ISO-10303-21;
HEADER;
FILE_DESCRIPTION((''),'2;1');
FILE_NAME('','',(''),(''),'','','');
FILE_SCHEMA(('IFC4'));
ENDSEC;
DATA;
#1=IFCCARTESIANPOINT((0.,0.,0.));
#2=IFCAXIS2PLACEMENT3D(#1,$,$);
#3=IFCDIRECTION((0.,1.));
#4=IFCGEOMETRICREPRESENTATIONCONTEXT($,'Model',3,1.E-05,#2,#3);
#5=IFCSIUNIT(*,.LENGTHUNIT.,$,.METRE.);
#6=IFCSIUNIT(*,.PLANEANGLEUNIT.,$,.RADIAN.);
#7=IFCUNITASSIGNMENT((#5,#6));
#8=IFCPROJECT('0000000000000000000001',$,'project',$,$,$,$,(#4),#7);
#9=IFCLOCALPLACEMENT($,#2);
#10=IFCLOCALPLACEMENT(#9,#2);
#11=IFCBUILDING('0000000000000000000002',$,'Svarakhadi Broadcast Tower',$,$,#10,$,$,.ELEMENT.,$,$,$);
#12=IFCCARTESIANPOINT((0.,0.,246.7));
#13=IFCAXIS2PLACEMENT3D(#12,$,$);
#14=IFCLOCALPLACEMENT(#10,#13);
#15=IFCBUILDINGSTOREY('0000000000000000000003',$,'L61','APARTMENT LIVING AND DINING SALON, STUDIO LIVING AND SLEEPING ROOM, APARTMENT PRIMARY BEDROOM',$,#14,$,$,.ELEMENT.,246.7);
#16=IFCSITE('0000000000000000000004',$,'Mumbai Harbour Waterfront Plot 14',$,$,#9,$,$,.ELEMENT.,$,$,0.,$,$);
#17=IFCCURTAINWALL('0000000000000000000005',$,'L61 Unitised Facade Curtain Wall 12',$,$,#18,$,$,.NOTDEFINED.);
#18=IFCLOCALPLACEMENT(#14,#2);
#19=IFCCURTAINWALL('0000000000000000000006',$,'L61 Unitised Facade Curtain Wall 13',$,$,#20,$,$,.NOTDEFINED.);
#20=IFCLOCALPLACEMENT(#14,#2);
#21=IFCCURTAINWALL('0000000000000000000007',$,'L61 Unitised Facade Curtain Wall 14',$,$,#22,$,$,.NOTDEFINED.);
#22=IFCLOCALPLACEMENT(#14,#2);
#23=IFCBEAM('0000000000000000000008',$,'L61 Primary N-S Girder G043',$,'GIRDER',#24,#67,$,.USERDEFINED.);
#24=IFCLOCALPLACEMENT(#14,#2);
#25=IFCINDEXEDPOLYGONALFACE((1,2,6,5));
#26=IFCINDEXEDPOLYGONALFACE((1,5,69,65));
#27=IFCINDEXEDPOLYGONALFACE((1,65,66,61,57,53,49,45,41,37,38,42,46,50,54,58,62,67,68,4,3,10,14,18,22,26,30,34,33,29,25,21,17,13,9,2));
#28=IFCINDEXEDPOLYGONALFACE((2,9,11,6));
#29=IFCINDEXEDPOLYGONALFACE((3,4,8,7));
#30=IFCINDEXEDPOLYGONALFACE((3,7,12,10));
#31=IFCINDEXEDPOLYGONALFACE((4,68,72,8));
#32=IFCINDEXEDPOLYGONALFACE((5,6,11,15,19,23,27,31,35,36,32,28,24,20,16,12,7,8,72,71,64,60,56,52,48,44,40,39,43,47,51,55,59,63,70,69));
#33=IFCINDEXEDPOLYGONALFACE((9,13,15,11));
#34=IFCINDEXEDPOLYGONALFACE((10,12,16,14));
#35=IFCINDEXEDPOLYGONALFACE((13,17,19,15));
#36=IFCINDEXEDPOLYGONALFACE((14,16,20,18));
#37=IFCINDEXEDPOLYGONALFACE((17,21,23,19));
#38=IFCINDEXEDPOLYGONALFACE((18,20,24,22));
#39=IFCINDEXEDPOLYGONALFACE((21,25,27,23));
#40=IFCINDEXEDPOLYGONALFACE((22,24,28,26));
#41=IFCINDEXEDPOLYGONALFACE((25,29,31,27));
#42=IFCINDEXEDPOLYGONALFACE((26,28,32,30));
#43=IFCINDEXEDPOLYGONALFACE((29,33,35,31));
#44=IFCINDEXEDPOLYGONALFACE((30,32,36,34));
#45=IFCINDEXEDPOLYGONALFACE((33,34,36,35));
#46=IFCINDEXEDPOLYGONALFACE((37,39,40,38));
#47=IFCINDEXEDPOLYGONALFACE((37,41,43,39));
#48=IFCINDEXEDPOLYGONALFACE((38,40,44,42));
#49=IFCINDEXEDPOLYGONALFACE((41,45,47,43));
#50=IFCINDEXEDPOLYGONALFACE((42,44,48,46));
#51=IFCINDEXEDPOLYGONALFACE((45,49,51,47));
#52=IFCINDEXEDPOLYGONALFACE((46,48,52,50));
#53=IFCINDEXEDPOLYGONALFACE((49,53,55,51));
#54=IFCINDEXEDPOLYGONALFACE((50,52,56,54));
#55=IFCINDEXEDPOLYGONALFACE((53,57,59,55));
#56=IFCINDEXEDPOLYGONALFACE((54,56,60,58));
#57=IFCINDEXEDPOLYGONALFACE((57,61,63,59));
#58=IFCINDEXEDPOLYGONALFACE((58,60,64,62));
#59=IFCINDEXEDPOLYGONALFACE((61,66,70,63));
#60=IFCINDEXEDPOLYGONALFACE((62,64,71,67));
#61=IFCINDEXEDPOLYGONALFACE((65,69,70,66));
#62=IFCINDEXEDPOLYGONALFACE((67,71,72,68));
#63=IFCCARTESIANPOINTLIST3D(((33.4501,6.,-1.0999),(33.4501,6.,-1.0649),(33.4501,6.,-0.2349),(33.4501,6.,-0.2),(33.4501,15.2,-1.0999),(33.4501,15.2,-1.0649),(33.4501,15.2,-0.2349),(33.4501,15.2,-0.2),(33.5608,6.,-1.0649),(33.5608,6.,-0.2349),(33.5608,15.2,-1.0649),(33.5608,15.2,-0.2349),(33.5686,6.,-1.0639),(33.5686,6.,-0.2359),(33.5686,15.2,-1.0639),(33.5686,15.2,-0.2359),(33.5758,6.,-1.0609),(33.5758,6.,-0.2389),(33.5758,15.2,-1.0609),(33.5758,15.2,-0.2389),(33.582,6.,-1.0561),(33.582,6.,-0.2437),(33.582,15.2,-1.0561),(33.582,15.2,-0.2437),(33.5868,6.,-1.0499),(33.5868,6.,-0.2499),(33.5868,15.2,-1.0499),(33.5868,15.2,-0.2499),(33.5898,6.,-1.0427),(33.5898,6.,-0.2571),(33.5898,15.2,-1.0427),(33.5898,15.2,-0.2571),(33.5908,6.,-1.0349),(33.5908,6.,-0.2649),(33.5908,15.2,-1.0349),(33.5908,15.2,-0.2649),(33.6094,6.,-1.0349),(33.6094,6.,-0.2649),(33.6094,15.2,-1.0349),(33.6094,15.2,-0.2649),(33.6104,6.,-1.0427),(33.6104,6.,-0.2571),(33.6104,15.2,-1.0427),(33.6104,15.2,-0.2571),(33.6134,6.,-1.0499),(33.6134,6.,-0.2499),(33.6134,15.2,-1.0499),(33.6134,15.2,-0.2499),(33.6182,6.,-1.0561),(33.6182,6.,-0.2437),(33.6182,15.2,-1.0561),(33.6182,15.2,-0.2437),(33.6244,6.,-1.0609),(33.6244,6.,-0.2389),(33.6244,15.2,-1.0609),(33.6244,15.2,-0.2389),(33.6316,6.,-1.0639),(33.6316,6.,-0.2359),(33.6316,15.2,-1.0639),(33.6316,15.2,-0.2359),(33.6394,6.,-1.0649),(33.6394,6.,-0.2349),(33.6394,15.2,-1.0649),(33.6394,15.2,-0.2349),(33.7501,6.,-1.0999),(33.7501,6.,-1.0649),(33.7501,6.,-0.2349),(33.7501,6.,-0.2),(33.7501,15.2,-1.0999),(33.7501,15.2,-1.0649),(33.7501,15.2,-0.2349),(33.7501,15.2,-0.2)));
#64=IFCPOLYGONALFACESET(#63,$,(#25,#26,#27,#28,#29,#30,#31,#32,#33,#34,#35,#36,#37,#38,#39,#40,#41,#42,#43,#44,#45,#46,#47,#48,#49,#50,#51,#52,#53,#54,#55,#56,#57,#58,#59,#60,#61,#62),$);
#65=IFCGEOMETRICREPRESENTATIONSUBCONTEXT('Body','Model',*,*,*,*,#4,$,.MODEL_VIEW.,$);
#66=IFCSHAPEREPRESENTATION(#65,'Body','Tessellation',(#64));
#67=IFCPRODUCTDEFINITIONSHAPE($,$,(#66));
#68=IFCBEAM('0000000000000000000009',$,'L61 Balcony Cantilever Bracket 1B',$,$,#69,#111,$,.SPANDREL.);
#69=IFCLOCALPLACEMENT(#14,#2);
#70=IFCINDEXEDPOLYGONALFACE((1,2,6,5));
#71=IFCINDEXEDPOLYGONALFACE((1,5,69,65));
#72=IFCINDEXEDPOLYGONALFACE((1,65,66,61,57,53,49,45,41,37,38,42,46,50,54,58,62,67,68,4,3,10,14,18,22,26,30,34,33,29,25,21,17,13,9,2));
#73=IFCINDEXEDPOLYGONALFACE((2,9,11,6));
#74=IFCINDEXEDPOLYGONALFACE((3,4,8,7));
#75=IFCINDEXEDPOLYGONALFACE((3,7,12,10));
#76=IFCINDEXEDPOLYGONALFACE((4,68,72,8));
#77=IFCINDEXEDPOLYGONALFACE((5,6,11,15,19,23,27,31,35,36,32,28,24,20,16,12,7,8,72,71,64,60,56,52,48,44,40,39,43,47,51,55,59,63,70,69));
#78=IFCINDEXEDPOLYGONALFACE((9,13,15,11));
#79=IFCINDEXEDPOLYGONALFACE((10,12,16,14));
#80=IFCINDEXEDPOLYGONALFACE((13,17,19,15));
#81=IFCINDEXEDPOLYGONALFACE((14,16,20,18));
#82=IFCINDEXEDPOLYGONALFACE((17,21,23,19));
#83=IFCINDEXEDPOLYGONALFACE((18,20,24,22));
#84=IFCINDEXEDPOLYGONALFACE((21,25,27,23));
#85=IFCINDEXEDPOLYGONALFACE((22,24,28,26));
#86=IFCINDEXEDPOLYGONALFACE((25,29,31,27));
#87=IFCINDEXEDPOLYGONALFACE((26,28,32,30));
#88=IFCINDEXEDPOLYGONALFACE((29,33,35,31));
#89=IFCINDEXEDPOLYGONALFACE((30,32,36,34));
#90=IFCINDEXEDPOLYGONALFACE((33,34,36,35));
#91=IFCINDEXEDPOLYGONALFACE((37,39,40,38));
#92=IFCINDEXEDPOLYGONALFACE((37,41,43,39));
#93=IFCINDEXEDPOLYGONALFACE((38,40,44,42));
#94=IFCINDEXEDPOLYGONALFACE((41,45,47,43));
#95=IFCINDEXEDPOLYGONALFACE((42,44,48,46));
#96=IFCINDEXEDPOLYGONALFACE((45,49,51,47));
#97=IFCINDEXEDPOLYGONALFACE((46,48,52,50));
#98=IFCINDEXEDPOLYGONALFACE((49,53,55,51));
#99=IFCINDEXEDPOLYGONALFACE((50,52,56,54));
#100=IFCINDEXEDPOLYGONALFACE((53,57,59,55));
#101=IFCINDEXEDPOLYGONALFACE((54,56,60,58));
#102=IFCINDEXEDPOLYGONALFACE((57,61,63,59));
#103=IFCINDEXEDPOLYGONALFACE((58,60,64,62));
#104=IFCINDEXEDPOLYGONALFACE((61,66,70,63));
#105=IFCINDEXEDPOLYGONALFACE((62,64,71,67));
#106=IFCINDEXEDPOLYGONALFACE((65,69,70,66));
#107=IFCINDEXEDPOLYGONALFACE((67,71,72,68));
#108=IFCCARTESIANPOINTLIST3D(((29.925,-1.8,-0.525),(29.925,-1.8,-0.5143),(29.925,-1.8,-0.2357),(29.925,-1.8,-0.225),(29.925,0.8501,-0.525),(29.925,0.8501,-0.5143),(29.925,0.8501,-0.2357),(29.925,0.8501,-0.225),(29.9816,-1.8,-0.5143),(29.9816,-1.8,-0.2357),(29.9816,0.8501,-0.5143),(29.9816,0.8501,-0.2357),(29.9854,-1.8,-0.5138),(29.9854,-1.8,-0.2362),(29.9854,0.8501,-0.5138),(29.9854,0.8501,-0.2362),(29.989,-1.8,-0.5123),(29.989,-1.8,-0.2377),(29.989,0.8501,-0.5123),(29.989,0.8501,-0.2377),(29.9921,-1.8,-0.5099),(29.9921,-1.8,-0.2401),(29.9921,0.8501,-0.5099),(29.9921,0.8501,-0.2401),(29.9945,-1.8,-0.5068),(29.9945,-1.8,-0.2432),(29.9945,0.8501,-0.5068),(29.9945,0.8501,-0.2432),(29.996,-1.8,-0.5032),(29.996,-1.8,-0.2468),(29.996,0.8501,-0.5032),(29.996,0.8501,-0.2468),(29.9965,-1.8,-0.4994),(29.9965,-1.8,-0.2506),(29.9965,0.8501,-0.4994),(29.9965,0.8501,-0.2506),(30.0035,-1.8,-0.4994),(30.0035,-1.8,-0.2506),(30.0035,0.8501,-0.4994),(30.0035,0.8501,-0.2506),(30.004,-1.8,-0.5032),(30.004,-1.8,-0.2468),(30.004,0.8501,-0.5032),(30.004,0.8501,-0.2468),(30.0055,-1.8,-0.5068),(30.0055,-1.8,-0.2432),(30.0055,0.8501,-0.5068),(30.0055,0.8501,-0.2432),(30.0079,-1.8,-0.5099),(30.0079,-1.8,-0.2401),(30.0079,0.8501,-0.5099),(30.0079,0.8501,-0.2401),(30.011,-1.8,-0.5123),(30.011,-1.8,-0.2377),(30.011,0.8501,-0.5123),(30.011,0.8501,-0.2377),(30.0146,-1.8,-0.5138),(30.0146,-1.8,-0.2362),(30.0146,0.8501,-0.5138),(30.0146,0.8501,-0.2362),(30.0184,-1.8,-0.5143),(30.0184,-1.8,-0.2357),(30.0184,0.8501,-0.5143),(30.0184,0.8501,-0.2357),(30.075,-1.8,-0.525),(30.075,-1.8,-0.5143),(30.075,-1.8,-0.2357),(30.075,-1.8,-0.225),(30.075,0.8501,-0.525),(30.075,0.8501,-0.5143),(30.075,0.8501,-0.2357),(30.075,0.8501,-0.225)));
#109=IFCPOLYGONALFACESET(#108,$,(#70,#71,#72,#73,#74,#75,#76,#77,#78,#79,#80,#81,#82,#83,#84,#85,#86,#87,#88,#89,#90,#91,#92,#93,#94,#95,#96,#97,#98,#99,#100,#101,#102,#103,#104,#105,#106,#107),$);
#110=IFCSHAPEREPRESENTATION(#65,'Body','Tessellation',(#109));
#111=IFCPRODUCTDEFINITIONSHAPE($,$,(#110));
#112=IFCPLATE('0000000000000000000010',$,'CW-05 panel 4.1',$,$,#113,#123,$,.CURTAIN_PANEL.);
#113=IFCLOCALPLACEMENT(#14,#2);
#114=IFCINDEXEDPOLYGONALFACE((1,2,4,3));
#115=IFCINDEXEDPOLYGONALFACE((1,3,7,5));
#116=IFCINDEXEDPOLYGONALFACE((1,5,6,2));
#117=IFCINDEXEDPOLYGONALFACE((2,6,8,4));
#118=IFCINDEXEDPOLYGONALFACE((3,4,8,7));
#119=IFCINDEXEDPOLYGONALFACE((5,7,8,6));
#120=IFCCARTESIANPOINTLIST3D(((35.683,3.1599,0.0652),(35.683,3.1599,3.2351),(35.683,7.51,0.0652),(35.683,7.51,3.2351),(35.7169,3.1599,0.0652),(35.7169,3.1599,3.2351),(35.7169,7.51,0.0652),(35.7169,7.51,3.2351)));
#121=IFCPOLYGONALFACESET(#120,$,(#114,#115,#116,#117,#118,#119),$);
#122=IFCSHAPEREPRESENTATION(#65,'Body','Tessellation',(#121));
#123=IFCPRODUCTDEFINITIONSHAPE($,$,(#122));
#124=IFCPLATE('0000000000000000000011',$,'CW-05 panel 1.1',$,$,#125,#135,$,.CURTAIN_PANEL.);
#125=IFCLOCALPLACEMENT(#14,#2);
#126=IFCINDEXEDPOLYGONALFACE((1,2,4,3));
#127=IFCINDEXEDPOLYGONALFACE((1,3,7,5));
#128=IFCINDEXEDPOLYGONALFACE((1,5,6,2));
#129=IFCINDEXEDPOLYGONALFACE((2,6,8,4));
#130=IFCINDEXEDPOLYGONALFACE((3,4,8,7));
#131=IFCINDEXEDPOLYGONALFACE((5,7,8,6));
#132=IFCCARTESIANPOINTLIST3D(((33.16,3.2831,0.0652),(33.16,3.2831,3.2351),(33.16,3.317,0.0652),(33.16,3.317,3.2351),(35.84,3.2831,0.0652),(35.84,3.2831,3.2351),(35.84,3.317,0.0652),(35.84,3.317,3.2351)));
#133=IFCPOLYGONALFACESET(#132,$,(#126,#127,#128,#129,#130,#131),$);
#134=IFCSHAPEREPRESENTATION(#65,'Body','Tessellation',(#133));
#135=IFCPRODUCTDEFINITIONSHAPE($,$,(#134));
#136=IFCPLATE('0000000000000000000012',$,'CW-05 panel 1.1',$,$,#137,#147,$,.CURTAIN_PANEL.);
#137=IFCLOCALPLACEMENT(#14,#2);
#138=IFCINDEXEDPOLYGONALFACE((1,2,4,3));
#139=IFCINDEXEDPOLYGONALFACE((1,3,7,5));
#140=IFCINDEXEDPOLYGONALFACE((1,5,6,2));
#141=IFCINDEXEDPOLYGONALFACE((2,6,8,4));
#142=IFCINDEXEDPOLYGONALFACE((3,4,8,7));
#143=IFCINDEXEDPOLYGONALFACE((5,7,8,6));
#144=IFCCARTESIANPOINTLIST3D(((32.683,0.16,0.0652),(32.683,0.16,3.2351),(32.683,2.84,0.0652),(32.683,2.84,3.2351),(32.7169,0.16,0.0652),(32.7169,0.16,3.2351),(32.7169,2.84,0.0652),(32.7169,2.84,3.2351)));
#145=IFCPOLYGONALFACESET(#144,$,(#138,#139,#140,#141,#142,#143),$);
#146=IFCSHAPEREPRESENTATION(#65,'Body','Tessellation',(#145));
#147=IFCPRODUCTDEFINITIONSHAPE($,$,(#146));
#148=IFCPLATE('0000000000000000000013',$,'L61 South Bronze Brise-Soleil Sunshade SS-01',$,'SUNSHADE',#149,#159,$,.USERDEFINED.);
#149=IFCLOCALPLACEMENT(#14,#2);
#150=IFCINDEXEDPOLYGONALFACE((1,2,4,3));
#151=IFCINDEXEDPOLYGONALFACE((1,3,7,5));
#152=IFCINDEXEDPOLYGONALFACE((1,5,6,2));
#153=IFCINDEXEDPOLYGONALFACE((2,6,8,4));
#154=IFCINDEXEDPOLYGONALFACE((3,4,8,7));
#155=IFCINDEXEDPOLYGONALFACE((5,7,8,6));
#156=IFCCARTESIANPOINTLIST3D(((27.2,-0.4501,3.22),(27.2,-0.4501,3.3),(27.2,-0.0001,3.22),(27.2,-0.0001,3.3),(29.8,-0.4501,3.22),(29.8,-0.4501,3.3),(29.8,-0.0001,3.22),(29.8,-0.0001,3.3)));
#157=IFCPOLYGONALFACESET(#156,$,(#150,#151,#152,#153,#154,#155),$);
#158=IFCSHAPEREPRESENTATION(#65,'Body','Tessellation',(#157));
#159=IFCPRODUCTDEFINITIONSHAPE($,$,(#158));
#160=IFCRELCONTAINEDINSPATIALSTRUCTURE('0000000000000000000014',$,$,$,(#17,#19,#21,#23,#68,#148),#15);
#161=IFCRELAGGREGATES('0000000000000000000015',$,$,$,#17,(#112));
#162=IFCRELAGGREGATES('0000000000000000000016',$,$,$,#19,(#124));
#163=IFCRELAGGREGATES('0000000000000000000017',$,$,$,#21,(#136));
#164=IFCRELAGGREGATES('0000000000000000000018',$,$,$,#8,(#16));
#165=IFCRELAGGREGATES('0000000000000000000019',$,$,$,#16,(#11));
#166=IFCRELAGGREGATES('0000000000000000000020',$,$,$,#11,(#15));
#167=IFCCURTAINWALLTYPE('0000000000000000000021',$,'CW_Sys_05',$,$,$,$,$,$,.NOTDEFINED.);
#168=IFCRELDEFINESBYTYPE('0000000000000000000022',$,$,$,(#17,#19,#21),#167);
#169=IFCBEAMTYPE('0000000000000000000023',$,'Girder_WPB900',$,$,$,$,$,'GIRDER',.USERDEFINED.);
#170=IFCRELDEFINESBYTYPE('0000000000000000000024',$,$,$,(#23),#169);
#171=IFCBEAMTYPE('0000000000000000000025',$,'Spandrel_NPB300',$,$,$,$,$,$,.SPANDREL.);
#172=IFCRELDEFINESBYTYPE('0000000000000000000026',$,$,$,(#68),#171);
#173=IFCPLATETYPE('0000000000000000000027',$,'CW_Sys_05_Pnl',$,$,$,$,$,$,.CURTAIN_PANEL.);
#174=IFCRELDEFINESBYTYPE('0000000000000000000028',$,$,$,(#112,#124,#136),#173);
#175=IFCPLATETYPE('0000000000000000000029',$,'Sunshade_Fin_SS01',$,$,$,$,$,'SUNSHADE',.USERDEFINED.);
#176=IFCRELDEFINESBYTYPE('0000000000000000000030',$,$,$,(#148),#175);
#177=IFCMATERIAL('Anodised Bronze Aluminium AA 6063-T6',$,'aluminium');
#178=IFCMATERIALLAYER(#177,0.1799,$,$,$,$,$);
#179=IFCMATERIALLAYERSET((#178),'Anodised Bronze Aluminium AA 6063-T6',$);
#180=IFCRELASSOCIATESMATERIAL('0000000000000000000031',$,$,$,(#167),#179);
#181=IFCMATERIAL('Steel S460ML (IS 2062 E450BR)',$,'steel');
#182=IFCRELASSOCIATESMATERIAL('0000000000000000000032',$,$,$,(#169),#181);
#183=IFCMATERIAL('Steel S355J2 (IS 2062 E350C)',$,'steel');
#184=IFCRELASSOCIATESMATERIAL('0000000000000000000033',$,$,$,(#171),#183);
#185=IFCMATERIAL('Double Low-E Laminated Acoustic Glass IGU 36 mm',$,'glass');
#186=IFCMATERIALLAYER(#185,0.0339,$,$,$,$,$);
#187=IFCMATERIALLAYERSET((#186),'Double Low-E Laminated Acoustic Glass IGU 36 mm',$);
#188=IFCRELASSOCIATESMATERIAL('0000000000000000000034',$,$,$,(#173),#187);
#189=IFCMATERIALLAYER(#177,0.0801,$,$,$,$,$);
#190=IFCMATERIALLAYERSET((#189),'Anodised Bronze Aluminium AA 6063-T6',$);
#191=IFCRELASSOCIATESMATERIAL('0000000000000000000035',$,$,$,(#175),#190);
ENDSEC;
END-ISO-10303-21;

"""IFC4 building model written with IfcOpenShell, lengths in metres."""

from ifc_helpers import new_model, si_unit, direction, frame, origin, origin_2d, place, context, subcontext, project, spatial, rectangle, i_section, extrude, material, layer, layer_set, material_profile, profile_set, type_object, element, aggregate, save


model = new_model("IFC4")

# Units and contexts
model_context = context("Model", 3, precision=1e-05, world=origin(), true_north=direction((0.0, 1.0)))
body_context = subcontext(model_context, "Body", "Model", "MODEL_VIEW")
ifc_project = project(units=[si_unit("LENGTHUNIT", "METRE"), si_unit("PLANEANGLEUNIT", "RADIAN")], contexts=[model_context])

# Site, building, storey
site_placement = place(None, origin())
site = spatial("IfcSite", under=ifc_project, at=site_placement, Name="Mumbai Harbour Waterfront Plot 14", CompositionType="ELEMENT", RefElevation=0.0)
building_placement = place(site_placement, origin())
building = spatial("IfcBuilding", under=site, at=building_placement, Name="Svarakhadi Broadcast Tower", CompositionType="ELEMENT")
storey_placement = place(building_placement, frame((0.0, 0.0, 246.7)))
storey = spatial("IfcBuildingStorey", under=building, at=storey_placement, Name="L61", Description="APARTMENT LIVING AND DINING SALON, STUDIO LIVING AND SLEEPING ROOM, APARTMENT PRIMARY BEDROOM", CompositionType="ELEMENT", Elevation=246.7)

# Shared definitions
ifc_material_1 = material(Name="Steel S460ML (IS 2062 E450BR)", Category="steel")

# Curtain wall
ifc_material_2 = material(Name="Anodised Bronze Aluminium AA 6063-T6", Category="aluminium")
ifc_layer_1 = layer(ifc_material_2, 0.1799)
ifc_layer_set_1 = layer_set([ifc_layer_1], Name="Anodised Bronze Aluminium AA 6063-T6")
curtain_wall_type = type_object("IfcCurtainWallType", Name="CW_Sys_05", PredefinedType="NOTDEFINED", material=ifc_layer_set_1)
curtain_wall_1_placement = place(storey_placement, origin())
curtain_wall_1 = element("IfcCurtainWall", 1, at=curtain_wall_1_placement, inside=storey, type_object=curtain_wall_type, Name="L61 Unitised Facade Curtain Wall 12", PredefinedType="NOTDEFINED")

# Curtain walls
curtain_wall_2_placement = place(storey_placement, origin())
curtain_wall_2 = element("IfcCurtainWall", 2, at=curtain_wall_2_placement, inside=storey, type_object=curtain_wall_type, Name="L61 Unitised Facade Curtain Wall 13", PredefinedType="NOTDEFINED")
curtain_wall_3_placement = place(storey_placement, origin())
curtain_wall_3 = element("IfcCurtainWall", 3, at=curtain_wall_3_placement, inside=storey, type_object=curtain_wall_type, Name="L61 Unitised Facade Curtain Wall 14", PredefinedType="NOTDEFINED")

# Beams
ifc_material_3 = material(Name="Steel S355J2 (IS 2062 E350C)", Category="steel")
ifc_material_profile_1 = material_profile(ifc_material_1, i_section(OverallWidth=0.3, OverallDepth=0.8999, WebThickness=0.0186, FlangeThickness=0.0349, FilletRadius=0.03, at=origin_2d()), Name="WPB 900x300x291")
ifc_profile_set_1 = profile_set([ifc_material_profile_1], Name="Steel S460ML (IS 2062 E450BR)")
beam_type_1 = type_object("IfcBeamType", Name="Girder_WPB900", ElementType="GIRDER", PredefinedType="USERDEFINED", material=ifc_profile_set_1)
beam_1_placement = place(storey_placement, frame((33.6001, 6.0, -0.6499), z_axis=(0.0, 1.0, 0.0), x_axis=(-1.0, 0.0, 0.0)))
element("IfcBeam", 4, at=beam_1_placement, inside=storey, type_object=beam_type_1, Name="L61 Primary N-S Girder G043", ObjectType="GIRDER", PredefinedType="USERDEFINED", context=body_context, shape_type="SweptSolid", body=[
    extrude(i_section(OverallWidth=0.3, OverallDepth=0.8999, WebThickness=0.0186, FlangeThickness=0.0349, FilletRadius=0.03, at=origin_2d()), origin(), (0.0, 0.0, 1.0), 9.2),
])
ifc_material_profile_2 = material_profile(ifc_material_3, i_section(OverallWidth=0.1499, OverallDepth=0.3, WebThickness=0.0071, FlangeThickness=0.0107, FilletRadius=0.0149, at=origin_2d()), Name="NPB 300x150x37")
ifc_profile_set_2 = profile_set([ifc_material_profile_2], Name="Steel S355J2 (IS 2062 E350C)")
beam_type_2 = type_object("IfcBeamType", Name="Spandrel_NPB300", PredefinedType="SPANDREL", material=ifc_profile_set_2)
beam_2_placement = place(storey_placement, frame((30.0, 0.8501, -0.375), z_axis=(0.0, -1.0, 0.0), x_axis=(1.0, 0.0, 0.0)))
element("IfcBeam", 5, at=beam_2_placement, inside=storey, type_object=beam_type_2, Name="L61 Balcony Cantilever Bracket 1B", PredefinedType="SPANDREL", context=body_context, shape_type="SweptSolid", body=[
    extrude(i_section(OverallWidth=0.1499, OverallDepth=0.3, WebThickness=0.0071, FlangeThickness=0.0107, FilletRadius=0.0149, at=origin_2d()), origin(), (0.0, 0.0, 1.0), 2.6501),
])

# Plates
ifc_material_4 = material(Name="Double Low-E Laminated Acoustic Glass IGU 36 mm", Category="glass")
ifc_layer_2 = layer(ifc_material_4, 0.0339)
ifc_layer_set_2 = layer_set([ifc_layer_2], Name="Double Low-E Laminated Acoustic Glass IGU 36 mm")
plate_type_1 = type_object("IfcPlateType", Name="CW_Sys_05_Pnl", PredefinedType="CURTAIN_PANEL", material=ifc_layer_set_2)
plate_1_placement = place(storey_placement, frame((35.7, 5.335, 0.0652), z_axis=(0.0, 0.0, 1.0), x_axis=(0.0, -1.0, 0.0)))
plate_1 = element("IfcPlate", 6, at=plate_1_placement, type_object=plate_type_1, Name="CW-05 panel 4.1", PredefinedType="CURTAIN_PANEL", context=body_context, shape_type="SweptSolid", body=[
    extrude(rectangle(XDim=4.3501, YDim=0.0339, at=origin_2d()), origin(), (0.0, 0.0, 1.0), 3.1699),
])
aggregate(curtain_wall_1, [plate_1])
plate_2_placement = place(storey_placement, frame((34.5, 3.3, 0.0652), z_axis=(0.0, 0.0, 1.0), x_axis=(-1.0, 0.0, 0.0)))
plate_2 = element("IfcPlate", 7, at=plate_2_placement, type_object=plate_type_1, Name="CW-05 panel 1.1", PredefinedType="CURTAIN_PANEL", context=body_context, shape_type="SweptSolid", body=[
    extrude(rectangle(XDim=2.6799, YDim=0.0339, at=origin_2d()), origin(), (0.0, 0.0, 1.0), 3.1699),
])
aggregate(curtain_wall_2, [plate_2])
plate_3_placement = place(storey_placement, frame((32.7, 1.5, 0.0652), z_axis=(0.0, 0.0, 1.0), x_axis=(0.0, -1.0, 0.0)))
plate_3 = element("IfcPlate", 8, at=plate_3_placement, type_object=plate_type_1, Name="CW-05 panel 1.1", PredefinedType="CURTAIN_PANEL", context=body_context, shape_type="SweptSolid", body=[
    extrude(rectangle(XDim=2.6799, YDim=0.0339, at=origin_2d()), origin(), (0.0, 0.0, 1.0), 3.1699),
])
aggregate(curtain_wall_3, [plate_3])
ifc_layer_3 = layer(ifc_material_2, 0.0801)
ifc_layer_set_3 = layer_set([ifc_layer_3], Name="Anodised Bronze Aluminium AA 6063-T6")
plate_type_2 = type_object("IfcPlateType", Name="Sunshade_Fin_SS01", ElementType="SUNSHADE", PredefinedType="USERDEFINED", material=ifc_layer_set_3)
plate_4_placement = place(storey_placement, frame((28.5, -0.2251, 3.22), z_axis=(0.0, 0.0, 1.0), x_axis=(1.0, 0.0, 0.0)))
element("IfcPlate", 9, at=plate_4_placement, inside=storey, type_object=plate_type_2, Name="L61 South Bronze Brise-Soleil Sunshade SS-01", ObjectType="SUNSHADE", PredefinedType="USERDEFINED", context=body_context, shape_type="SweptSolid", body=[
    extrude(rectangle(XDim=2.6001, YDim=0.45, at=origin_2d()), origin(), (0.0, 0.0, 1.0), 0.0801),
])

save(model, "model.ifc")
